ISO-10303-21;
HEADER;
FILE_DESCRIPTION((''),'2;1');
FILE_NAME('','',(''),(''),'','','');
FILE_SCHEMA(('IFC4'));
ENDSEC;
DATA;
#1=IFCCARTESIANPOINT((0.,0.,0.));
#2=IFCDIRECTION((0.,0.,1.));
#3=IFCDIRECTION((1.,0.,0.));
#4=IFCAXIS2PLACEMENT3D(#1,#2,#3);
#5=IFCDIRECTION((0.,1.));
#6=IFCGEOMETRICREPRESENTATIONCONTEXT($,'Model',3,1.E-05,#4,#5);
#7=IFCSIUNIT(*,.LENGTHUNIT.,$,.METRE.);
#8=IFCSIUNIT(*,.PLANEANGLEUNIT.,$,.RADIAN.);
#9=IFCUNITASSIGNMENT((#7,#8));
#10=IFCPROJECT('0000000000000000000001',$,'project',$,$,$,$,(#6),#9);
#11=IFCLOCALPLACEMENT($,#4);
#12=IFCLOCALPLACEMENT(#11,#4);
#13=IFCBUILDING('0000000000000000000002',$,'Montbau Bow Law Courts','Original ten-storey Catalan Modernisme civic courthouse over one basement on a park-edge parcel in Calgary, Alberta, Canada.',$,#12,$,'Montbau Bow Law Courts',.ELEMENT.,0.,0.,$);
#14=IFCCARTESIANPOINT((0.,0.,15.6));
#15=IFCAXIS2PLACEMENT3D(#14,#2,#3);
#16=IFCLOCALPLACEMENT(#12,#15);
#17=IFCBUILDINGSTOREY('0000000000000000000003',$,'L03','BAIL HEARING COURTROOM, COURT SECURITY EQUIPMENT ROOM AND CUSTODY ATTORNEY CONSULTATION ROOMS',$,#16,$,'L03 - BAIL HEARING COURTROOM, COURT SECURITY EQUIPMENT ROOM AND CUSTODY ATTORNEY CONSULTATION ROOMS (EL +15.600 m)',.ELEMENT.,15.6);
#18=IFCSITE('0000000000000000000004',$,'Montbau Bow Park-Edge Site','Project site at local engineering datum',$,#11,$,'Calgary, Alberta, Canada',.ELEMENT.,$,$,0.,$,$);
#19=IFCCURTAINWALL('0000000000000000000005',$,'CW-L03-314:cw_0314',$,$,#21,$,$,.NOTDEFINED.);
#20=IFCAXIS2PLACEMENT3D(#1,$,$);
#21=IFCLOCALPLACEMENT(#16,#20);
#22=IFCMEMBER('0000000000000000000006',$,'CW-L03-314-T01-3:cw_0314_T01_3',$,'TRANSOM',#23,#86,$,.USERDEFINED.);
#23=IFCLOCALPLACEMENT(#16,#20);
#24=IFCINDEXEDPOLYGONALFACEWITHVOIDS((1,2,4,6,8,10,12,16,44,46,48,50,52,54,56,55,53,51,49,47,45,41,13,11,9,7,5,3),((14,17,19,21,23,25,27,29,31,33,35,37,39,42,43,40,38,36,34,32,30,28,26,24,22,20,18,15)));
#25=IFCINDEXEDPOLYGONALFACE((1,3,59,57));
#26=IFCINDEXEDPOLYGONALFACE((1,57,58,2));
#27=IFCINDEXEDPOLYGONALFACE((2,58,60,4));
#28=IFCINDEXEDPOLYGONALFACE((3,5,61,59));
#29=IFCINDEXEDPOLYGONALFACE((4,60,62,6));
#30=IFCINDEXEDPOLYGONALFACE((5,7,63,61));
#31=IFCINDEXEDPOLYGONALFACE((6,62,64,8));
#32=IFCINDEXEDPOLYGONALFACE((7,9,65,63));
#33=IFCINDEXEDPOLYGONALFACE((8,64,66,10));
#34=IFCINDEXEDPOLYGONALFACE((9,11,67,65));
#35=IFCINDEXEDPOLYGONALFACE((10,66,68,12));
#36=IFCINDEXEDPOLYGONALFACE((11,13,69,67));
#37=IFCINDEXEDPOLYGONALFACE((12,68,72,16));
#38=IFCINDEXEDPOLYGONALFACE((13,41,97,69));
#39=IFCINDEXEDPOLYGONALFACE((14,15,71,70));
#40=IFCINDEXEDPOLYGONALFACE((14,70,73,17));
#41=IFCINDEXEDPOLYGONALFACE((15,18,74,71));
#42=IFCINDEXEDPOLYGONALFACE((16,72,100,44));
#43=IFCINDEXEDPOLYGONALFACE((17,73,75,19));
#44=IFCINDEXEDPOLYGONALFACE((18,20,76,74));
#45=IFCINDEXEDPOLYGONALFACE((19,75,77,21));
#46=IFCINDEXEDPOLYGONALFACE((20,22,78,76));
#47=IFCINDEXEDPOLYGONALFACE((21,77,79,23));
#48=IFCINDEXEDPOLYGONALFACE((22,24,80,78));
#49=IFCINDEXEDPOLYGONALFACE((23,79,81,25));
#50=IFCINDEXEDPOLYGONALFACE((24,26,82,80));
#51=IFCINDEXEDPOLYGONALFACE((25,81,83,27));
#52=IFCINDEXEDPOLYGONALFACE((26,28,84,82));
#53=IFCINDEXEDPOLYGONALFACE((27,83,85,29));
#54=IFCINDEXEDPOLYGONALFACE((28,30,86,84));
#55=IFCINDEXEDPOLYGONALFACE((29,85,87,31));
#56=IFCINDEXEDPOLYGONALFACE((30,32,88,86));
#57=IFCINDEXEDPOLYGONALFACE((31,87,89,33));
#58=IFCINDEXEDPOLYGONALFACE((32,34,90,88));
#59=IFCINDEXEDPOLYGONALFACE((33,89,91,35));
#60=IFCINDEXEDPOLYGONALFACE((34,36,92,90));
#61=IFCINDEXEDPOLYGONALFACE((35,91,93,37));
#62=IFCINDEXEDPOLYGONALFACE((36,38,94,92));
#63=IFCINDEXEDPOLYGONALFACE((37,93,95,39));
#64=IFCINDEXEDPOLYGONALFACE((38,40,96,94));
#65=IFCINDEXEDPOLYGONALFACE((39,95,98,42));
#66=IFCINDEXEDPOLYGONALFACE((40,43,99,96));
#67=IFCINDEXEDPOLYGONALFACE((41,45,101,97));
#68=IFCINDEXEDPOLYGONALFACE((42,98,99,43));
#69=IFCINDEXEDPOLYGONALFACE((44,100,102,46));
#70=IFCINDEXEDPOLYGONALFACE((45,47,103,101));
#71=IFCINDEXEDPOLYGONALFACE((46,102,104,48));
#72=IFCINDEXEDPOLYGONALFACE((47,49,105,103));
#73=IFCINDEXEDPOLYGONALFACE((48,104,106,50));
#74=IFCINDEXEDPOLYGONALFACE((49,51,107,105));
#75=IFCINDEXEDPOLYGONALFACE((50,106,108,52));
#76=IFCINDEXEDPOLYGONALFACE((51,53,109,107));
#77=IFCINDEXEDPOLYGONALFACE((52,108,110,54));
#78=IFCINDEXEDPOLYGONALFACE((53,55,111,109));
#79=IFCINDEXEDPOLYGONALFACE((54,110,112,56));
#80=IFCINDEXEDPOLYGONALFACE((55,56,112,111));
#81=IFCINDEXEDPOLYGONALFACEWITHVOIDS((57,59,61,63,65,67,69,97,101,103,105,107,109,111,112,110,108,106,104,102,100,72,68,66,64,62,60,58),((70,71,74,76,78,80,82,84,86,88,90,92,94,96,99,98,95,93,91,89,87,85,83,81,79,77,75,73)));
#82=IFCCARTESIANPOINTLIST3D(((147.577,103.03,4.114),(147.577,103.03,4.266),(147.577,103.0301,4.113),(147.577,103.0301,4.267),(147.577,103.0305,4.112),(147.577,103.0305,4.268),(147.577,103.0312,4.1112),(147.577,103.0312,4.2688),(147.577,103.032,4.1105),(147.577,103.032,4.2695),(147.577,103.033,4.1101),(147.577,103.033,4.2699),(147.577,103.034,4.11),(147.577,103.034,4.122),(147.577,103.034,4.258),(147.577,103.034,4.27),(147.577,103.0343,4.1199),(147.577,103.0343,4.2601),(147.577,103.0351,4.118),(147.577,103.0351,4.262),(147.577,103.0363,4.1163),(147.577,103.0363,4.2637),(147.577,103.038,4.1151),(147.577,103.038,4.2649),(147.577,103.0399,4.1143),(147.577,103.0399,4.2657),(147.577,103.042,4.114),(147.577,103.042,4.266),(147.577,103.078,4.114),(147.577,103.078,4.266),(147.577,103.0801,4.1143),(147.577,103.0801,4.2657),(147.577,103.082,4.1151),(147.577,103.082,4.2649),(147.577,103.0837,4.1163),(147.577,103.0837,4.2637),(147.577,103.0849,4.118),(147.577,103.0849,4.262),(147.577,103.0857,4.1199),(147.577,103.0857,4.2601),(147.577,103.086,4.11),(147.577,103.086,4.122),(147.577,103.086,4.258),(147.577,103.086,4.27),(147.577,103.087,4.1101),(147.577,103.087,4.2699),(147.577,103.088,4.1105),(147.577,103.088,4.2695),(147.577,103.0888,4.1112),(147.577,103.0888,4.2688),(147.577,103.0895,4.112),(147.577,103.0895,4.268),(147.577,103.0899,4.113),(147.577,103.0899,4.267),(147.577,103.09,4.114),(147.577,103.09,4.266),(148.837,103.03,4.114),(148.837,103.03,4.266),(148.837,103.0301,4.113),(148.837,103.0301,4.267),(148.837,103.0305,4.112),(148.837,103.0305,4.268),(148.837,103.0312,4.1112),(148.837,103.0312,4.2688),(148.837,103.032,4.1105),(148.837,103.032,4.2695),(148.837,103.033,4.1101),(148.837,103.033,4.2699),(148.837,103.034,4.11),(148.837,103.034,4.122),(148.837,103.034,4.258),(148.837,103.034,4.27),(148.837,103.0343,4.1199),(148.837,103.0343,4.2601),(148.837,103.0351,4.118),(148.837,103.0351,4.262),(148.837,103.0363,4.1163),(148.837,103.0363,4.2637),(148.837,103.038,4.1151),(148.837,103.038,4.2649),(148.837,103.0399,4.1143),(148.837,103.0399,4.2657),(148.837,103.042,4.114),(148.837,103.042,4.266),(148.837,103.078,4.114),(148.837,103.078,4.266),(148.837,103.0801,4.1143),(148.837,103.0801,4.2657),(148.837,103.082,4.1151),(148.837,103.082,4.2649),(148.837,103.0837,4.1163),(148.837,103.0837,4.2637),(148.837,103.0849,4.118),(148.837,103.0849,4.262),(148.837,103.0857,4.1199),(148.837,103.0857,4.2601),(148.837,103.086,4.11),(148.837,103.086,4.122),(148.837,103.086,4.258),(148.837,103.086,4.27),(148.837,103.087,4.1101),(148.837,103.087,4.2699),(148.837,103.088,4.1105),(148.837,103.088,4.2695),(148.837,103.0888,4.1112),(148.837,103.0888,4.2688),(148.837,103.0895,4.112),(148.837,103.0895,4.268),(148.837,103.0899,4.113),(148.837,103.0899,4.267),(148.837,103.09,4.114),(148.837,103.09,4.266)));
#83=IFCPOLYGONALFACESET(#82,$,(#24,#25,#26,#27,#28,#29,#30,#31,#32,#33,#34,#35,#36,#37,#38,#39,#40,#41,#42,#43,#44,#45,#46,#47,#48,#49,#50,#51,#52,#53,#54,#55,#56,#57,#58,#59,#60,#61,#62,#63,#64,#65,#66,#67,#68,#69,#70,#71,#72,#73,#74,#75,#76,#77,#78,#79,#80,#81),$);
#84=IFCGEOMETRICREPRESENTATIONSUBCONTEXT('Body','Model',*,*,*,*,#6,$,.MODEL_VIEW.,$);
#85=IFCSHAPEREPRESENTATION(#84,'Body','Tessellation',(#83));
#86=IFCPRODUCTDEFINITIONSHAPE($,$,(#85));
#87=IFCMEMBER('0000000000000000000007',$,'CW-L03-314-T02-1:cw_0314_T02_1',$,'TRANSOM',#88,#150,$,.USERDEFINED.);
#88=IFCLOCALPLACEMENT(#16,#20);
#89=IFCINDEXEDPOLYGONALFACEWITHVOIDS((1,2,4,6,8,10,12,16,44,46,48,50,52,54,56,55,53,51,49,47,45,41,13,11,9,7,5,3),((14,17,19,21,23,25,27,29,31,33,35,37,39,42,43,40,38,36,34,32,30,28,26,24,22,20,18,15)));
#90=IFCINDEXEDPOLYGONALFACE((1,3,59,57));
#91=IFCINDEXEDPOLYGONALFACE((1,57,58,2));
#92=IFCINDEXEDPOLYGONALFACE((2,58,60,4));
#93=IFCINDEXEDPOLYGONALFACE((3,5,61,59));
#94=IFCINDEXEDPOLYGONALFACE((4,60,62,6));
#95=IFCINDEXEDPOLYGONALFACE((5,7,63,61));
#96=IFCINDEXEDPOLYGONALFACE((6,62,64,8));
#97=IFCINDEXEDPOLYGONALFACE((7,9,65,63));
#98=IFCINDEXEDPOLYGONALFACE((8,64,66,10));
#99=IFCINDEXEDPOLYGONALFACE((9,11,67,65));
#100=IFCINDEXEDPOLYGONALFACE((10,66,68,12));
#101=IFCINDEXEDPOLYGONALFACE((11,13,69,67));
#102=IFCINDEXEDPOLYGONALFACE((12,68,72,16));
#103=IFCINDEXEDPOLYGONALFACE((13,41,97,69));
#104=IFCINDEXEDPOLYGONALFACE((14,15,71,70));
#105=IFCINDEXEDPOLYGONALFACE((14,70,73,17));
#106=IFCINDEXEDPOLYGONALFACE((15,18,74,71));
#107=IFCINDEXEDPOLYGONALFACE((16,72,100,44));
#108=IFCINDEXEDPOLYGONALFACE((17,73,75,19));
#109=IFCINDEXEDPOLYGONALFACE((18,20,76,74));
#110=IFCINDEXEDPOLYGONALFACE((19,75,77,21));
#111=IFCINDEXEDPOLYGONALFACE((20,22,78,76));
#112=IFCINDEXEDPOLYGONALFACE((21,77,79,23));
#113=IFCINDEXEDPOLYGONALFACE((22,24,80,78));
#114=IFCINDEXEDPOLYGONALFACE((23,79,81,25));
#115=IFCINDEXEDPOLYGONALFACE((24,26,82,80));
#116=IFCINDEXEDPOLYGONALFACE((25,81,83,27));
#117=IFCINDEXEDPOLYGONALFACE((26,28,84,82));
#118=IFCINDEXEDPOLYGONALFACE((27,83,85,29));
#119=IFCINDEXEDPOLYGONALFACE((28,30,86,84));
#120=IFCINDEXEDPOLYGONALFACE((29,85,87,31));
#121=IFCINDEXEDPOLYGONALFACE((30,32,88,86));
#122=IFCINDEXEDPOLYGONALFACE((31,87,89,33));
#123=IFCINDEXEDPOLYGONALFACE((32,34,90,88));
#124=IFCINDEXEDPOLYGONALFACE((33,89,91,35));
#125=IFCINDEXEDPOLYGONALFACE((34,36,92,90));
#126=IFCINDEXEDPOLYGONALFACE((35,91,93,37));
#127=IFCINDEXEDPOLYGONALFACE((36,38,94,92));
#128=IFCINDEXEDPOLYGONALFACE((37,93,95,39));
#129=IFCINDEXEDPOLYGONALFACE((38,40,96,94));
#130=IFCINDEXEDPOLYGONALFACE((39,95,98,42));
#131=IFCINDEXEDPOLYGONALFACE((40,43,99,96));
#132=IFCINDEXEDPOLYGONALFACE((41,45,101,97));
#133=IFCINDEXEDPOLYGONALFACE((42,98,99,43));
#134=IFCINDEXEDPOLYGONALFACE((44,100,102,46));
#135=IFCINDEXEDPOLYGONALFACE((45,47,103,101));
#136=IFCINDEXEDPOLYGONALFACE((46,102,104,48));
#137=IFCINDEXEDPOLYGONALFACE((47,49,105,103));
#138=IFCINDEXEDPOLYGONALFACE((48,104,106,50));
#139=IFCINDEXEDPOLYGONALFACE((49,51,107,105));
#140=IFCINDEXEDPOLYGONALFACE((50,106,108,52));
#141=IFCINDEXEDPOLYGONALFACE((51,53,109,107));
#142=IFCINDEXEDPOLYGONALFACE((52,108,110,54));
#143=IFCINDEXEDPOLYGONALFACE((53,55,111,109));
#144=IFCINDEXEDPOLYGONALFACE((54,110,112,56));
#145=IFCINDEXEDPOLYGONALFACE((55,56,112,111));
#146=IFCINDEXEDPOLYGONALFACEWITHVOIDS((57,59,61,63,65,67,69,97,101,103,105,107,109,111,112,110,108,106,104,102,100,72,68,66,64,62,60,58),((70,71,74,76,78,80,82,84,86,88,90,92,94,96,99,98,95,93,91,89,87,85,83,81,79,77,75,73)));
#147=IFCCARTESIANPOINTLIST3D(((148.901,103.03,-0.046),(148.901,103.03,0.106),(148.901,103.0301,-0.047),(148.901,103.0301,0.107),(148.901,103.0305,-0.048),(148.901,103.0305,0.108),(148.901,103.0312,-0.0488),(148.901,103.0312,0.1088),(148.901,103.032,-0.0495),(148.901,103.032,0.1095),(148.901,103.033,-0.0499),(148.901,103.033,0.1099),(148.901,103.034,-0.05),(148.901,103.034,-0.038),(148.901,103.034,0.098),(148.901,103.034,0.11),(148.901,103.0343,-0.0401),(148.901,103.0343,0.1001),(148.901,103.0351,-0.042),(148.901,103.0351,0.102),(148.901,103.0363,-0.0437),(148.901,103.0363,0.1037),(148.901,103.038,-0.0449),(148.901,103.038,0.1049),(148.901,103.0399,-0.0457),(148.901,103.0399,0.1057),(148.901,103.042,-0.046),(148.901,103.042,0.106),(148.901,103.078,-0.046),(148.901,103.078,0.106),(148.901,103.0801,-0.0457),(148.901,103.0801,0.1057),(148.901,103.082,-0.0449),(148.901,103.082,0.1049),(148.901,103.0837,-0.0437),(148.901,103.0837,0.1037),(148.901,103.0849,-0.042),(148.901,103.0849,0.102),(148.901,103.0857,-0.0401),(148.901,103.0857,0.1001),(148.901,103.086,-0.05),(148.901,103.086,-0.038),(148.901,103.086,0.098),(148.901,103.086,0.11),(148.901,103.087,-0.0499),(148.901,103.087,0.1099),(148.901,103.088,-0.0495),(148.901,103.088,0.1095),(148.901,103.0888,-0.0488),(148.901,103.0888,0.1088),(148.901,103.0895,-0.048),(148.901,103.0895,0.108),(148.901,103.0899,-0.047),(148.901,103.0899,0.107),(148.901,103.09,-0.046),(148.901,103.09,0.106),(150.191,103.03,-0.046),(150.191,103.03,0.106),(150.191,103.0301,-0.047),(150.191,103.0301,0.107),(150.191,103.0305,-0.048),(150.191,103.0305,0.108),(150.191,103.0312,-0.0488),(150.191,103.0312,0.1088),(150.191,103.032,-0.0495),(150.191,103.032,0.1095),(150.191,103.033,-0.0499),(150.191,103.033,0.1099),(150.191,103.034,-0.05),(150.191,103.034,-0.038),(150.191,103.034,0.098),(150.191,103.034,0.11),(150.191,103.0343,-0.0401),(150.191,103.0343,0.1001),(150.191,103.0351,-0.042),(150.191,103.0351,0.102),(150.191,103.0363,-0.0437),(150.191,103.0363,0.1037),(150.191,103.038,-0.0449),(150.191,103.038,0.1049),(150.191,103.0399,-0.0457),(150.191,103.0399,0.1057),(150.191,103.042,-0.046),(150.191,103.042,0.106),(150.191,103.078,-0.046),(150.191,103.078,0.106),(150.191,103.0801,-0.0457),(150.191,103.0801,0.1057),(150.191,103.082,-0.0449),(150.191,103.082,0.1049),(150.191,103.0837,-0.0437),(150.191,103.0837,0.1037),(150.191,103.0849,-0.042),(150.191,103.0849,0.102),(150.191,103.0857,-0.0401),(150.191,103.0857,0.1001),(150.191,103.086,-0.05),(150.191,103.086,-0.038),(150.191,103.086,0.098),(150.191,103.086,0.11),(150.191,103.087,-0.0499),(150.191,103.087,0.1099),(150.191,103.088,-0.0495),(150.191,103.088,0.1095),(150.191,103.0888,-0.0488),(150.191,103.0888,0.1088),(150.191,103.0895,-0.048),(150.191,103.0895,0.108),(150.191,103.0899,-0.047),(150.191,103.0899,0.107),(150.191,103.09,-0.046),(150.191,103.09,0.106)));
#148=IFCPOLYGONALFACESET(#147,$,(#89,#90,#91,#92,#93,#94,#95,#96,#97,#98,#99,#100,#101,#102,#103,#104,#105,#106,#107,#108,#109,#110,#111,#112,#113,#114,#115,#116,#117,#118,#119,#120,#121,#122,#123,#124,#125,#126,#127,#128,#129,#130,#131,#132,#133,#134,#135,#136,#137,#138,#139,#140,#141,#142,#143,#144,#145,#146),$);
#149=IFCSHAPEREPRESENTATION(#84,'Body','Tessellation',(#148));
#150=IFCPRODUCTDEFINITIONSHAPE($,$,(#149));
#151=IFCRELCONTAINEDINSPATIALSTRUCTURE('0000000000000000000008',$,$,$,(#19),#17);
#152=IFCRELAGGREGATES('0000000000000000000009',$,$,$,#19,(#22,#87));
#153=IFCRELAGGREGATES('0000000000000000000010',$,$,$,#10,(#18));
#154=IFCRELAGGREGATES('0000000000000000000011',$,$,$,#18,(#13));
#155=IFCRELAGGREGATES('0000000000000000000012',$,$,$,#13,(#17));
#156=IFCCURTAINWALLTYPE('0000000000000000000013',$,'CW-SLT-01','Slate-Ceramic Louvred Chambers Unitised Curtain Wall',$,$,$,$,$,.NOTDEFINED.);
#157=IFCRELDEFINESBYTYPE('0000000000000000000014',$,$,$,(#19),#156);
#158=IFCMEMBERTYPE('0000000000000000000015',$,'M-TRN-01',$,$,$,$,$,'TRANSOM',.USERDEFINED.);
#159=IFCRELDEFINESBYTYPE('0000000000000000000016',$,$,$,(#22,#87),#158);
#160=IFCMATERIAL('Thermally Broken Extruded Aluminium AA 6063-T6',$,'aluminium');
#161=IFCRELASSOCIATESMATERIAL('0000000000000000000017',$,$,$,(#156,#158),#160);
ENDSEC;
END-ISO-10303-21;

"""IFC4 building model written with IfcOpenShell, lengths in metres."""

from ifc_helpers import new_model, si_unit, direction, frame, origin_with_axes, origin_2d_with_axis, place, context, subcontext, project, spatial, hollow_rectangle, extrude, material, material_profile, profile_set, type_object, element, aggregate, save


model = new_model("IFC4")

# Units and contexts
model_context = context("Model", 3, precision=1e-05, world=origin_with_axes(), true_north=direction((0.0, 1.0)))
body_context = subcontext(model_context, "Body", "Model", "MODEL_VIEW")
ifc_project = project(units=[si_unit("LENGTHUNIT", "METRE"), si_unit("PLANEANGLEUNIT", "RADIAN")], contexts=[model_context])

# Site, building, storey
site_placement = place(None, origin_with_axes())
site = spatial("IfcSite", under=ifc_project, at=site_placement, Name="Montbau Bow Park-Edge Site", Description="Project site at local engineering datum", LongName="Calgary, Alberta, Canada", CompositionType="ELEMENT", RefElevation=0.0)
building_placement = place(site_placement, origin_with_axes())
building = spatial("IfcBuilding", under=site, at=building_placement, Name="Montbau Bow Law Courts", Description="Original ten-storey Catalan Modernisme civic courthouse over one basement on a park-edge parcel in Calgary, Alberta, Canada.", LongName="Montbau Bow Law Courts", CompositionType="ELEMENT", ElevationOfRefHeight=0.0, ElevationOfTerrain=0.0)
storey_placement = place(building_placement, frame((0.0, 0.0, 15.6), z_axis=(0.0, 0.0, 1.0), x_axis=(1.0, 0.0, 0.0)))
storey = spatial("IfcBuildingStorey", under=building, at=storey_placement, Name="L03", Description="BAIL HEARING COURTROOM, COURT SECURITY EQUIPMENT ROOM AND CUSTODY ATTORNEY CONSULTATION ROOMS", LongName="L03 - BAIL HEARING COURTROOM, COURT SECURITY EQUIPMENT ROOM AND CUSTODY ATTORNEY CONSULTATION ROOMS (EL +15.600 m)", CompositionType="ELEMENT", Elevation=15.6)

# Curtain wall, members
ifc_material_1 = material(Name="Thermally Broken Extruded Aluminium AA 6063-T6", Category="aluminium")
curtain_wall_type = type_object("IfcCurtainWallType", Name="CW-SLT-01", Description="Slate-Ceramic Louvred Chambers Unitised Curtain Wall", PredefinedType="NOTDEFINED", material=ifc_material_1)
curtain_wall_placement = place(None, frame((147.515, 103.06, 15.6), z_axis=(0.0, 0.0, 1.0), x_axis=(1.0, 0.0, 0.0)))
curtain_wall = element("IfcCurtainWall", 1, at=curtain_wall_placement, inside=storey, type_object=curtain_wall_type, Name="CW-L03-314:cw_0314", PredefinedType="NOTDEFINED")
ifc_material_profile_1 = material_profile(ifc_material_1, hollow_rectangle(XDim=0.06, YDim=0.16, WallThickness=0.004, InnerFilletRadius=0.008, OuterFilletRadius=0.004, at=origin_2d_with_axis()), Name="CWT-160X60", Category="Main", Priority=0)
ifc_profile_set_1 = profile_set([ifc_material_profile_1], Name="Thermally Broken Extruded Aluminium AA 6063-T6")
member_type_1 = type_object("IfcMemberType", Name="M-TRN-01", ElementType="TRANSOM", PredefinedType="USERDEFINED", material=ifc_profile_set_1)
member_1_placement = place(None, frame((147.577, 103.06, 19.79), z_axis=(1.0, 0.0, 0.0), x_axis=(0.0, 1.0, 0.0)))
member_1 = element("IfcMember", 2, at=member_1_placement, type_object=member_type_1, Name="CW-L03-314-T01-3:cw_0314_T01_3", ObjectType="TRANSOM", PredefinedType="USERDEFINED", context=body_context, shape_type="SweptSolid", body=[
    extrude(hollow_rectangle(XDim=0.06, YDim=0.16, WallThickness=0.004, InnerFilletRadius=0.008, OuterFilletRadius=0.004, at=origin_2d_with_axis()), origin_with_axes(), (0.0, 0.0, 1.0), 1.26),
])
member_2_placement = place(None, frame((148.901, 103.06, 15.63), z_axis=(1.0, 0.0, 0.0), x_axis=(0.0, 1.0, 0.0)))
member_2 = element("IfcMember", 3, at=member_2_placement, type_object=member_type_1, Name="CW-L03-314-T02-1:cw_0314_T02_1", ObjectType="TRANSOM", PredefinedType="USERDEFINED", context=body_context, shape_type="SweptSolid", body=[
    extrude(hollow_rectangle(XDim=0.06, YDim=0.16, WallThickness=0.004, InnerFilletRadius=0.008, OuterFilletRadius=0.004, at=origin_2d_with_axis()), origin_with_axes(), (0.0, 0.0, 1.0), 1.29),
])
aggregate(curtain_wall, [member_1, member_2])

save(model, "model.ifc")
